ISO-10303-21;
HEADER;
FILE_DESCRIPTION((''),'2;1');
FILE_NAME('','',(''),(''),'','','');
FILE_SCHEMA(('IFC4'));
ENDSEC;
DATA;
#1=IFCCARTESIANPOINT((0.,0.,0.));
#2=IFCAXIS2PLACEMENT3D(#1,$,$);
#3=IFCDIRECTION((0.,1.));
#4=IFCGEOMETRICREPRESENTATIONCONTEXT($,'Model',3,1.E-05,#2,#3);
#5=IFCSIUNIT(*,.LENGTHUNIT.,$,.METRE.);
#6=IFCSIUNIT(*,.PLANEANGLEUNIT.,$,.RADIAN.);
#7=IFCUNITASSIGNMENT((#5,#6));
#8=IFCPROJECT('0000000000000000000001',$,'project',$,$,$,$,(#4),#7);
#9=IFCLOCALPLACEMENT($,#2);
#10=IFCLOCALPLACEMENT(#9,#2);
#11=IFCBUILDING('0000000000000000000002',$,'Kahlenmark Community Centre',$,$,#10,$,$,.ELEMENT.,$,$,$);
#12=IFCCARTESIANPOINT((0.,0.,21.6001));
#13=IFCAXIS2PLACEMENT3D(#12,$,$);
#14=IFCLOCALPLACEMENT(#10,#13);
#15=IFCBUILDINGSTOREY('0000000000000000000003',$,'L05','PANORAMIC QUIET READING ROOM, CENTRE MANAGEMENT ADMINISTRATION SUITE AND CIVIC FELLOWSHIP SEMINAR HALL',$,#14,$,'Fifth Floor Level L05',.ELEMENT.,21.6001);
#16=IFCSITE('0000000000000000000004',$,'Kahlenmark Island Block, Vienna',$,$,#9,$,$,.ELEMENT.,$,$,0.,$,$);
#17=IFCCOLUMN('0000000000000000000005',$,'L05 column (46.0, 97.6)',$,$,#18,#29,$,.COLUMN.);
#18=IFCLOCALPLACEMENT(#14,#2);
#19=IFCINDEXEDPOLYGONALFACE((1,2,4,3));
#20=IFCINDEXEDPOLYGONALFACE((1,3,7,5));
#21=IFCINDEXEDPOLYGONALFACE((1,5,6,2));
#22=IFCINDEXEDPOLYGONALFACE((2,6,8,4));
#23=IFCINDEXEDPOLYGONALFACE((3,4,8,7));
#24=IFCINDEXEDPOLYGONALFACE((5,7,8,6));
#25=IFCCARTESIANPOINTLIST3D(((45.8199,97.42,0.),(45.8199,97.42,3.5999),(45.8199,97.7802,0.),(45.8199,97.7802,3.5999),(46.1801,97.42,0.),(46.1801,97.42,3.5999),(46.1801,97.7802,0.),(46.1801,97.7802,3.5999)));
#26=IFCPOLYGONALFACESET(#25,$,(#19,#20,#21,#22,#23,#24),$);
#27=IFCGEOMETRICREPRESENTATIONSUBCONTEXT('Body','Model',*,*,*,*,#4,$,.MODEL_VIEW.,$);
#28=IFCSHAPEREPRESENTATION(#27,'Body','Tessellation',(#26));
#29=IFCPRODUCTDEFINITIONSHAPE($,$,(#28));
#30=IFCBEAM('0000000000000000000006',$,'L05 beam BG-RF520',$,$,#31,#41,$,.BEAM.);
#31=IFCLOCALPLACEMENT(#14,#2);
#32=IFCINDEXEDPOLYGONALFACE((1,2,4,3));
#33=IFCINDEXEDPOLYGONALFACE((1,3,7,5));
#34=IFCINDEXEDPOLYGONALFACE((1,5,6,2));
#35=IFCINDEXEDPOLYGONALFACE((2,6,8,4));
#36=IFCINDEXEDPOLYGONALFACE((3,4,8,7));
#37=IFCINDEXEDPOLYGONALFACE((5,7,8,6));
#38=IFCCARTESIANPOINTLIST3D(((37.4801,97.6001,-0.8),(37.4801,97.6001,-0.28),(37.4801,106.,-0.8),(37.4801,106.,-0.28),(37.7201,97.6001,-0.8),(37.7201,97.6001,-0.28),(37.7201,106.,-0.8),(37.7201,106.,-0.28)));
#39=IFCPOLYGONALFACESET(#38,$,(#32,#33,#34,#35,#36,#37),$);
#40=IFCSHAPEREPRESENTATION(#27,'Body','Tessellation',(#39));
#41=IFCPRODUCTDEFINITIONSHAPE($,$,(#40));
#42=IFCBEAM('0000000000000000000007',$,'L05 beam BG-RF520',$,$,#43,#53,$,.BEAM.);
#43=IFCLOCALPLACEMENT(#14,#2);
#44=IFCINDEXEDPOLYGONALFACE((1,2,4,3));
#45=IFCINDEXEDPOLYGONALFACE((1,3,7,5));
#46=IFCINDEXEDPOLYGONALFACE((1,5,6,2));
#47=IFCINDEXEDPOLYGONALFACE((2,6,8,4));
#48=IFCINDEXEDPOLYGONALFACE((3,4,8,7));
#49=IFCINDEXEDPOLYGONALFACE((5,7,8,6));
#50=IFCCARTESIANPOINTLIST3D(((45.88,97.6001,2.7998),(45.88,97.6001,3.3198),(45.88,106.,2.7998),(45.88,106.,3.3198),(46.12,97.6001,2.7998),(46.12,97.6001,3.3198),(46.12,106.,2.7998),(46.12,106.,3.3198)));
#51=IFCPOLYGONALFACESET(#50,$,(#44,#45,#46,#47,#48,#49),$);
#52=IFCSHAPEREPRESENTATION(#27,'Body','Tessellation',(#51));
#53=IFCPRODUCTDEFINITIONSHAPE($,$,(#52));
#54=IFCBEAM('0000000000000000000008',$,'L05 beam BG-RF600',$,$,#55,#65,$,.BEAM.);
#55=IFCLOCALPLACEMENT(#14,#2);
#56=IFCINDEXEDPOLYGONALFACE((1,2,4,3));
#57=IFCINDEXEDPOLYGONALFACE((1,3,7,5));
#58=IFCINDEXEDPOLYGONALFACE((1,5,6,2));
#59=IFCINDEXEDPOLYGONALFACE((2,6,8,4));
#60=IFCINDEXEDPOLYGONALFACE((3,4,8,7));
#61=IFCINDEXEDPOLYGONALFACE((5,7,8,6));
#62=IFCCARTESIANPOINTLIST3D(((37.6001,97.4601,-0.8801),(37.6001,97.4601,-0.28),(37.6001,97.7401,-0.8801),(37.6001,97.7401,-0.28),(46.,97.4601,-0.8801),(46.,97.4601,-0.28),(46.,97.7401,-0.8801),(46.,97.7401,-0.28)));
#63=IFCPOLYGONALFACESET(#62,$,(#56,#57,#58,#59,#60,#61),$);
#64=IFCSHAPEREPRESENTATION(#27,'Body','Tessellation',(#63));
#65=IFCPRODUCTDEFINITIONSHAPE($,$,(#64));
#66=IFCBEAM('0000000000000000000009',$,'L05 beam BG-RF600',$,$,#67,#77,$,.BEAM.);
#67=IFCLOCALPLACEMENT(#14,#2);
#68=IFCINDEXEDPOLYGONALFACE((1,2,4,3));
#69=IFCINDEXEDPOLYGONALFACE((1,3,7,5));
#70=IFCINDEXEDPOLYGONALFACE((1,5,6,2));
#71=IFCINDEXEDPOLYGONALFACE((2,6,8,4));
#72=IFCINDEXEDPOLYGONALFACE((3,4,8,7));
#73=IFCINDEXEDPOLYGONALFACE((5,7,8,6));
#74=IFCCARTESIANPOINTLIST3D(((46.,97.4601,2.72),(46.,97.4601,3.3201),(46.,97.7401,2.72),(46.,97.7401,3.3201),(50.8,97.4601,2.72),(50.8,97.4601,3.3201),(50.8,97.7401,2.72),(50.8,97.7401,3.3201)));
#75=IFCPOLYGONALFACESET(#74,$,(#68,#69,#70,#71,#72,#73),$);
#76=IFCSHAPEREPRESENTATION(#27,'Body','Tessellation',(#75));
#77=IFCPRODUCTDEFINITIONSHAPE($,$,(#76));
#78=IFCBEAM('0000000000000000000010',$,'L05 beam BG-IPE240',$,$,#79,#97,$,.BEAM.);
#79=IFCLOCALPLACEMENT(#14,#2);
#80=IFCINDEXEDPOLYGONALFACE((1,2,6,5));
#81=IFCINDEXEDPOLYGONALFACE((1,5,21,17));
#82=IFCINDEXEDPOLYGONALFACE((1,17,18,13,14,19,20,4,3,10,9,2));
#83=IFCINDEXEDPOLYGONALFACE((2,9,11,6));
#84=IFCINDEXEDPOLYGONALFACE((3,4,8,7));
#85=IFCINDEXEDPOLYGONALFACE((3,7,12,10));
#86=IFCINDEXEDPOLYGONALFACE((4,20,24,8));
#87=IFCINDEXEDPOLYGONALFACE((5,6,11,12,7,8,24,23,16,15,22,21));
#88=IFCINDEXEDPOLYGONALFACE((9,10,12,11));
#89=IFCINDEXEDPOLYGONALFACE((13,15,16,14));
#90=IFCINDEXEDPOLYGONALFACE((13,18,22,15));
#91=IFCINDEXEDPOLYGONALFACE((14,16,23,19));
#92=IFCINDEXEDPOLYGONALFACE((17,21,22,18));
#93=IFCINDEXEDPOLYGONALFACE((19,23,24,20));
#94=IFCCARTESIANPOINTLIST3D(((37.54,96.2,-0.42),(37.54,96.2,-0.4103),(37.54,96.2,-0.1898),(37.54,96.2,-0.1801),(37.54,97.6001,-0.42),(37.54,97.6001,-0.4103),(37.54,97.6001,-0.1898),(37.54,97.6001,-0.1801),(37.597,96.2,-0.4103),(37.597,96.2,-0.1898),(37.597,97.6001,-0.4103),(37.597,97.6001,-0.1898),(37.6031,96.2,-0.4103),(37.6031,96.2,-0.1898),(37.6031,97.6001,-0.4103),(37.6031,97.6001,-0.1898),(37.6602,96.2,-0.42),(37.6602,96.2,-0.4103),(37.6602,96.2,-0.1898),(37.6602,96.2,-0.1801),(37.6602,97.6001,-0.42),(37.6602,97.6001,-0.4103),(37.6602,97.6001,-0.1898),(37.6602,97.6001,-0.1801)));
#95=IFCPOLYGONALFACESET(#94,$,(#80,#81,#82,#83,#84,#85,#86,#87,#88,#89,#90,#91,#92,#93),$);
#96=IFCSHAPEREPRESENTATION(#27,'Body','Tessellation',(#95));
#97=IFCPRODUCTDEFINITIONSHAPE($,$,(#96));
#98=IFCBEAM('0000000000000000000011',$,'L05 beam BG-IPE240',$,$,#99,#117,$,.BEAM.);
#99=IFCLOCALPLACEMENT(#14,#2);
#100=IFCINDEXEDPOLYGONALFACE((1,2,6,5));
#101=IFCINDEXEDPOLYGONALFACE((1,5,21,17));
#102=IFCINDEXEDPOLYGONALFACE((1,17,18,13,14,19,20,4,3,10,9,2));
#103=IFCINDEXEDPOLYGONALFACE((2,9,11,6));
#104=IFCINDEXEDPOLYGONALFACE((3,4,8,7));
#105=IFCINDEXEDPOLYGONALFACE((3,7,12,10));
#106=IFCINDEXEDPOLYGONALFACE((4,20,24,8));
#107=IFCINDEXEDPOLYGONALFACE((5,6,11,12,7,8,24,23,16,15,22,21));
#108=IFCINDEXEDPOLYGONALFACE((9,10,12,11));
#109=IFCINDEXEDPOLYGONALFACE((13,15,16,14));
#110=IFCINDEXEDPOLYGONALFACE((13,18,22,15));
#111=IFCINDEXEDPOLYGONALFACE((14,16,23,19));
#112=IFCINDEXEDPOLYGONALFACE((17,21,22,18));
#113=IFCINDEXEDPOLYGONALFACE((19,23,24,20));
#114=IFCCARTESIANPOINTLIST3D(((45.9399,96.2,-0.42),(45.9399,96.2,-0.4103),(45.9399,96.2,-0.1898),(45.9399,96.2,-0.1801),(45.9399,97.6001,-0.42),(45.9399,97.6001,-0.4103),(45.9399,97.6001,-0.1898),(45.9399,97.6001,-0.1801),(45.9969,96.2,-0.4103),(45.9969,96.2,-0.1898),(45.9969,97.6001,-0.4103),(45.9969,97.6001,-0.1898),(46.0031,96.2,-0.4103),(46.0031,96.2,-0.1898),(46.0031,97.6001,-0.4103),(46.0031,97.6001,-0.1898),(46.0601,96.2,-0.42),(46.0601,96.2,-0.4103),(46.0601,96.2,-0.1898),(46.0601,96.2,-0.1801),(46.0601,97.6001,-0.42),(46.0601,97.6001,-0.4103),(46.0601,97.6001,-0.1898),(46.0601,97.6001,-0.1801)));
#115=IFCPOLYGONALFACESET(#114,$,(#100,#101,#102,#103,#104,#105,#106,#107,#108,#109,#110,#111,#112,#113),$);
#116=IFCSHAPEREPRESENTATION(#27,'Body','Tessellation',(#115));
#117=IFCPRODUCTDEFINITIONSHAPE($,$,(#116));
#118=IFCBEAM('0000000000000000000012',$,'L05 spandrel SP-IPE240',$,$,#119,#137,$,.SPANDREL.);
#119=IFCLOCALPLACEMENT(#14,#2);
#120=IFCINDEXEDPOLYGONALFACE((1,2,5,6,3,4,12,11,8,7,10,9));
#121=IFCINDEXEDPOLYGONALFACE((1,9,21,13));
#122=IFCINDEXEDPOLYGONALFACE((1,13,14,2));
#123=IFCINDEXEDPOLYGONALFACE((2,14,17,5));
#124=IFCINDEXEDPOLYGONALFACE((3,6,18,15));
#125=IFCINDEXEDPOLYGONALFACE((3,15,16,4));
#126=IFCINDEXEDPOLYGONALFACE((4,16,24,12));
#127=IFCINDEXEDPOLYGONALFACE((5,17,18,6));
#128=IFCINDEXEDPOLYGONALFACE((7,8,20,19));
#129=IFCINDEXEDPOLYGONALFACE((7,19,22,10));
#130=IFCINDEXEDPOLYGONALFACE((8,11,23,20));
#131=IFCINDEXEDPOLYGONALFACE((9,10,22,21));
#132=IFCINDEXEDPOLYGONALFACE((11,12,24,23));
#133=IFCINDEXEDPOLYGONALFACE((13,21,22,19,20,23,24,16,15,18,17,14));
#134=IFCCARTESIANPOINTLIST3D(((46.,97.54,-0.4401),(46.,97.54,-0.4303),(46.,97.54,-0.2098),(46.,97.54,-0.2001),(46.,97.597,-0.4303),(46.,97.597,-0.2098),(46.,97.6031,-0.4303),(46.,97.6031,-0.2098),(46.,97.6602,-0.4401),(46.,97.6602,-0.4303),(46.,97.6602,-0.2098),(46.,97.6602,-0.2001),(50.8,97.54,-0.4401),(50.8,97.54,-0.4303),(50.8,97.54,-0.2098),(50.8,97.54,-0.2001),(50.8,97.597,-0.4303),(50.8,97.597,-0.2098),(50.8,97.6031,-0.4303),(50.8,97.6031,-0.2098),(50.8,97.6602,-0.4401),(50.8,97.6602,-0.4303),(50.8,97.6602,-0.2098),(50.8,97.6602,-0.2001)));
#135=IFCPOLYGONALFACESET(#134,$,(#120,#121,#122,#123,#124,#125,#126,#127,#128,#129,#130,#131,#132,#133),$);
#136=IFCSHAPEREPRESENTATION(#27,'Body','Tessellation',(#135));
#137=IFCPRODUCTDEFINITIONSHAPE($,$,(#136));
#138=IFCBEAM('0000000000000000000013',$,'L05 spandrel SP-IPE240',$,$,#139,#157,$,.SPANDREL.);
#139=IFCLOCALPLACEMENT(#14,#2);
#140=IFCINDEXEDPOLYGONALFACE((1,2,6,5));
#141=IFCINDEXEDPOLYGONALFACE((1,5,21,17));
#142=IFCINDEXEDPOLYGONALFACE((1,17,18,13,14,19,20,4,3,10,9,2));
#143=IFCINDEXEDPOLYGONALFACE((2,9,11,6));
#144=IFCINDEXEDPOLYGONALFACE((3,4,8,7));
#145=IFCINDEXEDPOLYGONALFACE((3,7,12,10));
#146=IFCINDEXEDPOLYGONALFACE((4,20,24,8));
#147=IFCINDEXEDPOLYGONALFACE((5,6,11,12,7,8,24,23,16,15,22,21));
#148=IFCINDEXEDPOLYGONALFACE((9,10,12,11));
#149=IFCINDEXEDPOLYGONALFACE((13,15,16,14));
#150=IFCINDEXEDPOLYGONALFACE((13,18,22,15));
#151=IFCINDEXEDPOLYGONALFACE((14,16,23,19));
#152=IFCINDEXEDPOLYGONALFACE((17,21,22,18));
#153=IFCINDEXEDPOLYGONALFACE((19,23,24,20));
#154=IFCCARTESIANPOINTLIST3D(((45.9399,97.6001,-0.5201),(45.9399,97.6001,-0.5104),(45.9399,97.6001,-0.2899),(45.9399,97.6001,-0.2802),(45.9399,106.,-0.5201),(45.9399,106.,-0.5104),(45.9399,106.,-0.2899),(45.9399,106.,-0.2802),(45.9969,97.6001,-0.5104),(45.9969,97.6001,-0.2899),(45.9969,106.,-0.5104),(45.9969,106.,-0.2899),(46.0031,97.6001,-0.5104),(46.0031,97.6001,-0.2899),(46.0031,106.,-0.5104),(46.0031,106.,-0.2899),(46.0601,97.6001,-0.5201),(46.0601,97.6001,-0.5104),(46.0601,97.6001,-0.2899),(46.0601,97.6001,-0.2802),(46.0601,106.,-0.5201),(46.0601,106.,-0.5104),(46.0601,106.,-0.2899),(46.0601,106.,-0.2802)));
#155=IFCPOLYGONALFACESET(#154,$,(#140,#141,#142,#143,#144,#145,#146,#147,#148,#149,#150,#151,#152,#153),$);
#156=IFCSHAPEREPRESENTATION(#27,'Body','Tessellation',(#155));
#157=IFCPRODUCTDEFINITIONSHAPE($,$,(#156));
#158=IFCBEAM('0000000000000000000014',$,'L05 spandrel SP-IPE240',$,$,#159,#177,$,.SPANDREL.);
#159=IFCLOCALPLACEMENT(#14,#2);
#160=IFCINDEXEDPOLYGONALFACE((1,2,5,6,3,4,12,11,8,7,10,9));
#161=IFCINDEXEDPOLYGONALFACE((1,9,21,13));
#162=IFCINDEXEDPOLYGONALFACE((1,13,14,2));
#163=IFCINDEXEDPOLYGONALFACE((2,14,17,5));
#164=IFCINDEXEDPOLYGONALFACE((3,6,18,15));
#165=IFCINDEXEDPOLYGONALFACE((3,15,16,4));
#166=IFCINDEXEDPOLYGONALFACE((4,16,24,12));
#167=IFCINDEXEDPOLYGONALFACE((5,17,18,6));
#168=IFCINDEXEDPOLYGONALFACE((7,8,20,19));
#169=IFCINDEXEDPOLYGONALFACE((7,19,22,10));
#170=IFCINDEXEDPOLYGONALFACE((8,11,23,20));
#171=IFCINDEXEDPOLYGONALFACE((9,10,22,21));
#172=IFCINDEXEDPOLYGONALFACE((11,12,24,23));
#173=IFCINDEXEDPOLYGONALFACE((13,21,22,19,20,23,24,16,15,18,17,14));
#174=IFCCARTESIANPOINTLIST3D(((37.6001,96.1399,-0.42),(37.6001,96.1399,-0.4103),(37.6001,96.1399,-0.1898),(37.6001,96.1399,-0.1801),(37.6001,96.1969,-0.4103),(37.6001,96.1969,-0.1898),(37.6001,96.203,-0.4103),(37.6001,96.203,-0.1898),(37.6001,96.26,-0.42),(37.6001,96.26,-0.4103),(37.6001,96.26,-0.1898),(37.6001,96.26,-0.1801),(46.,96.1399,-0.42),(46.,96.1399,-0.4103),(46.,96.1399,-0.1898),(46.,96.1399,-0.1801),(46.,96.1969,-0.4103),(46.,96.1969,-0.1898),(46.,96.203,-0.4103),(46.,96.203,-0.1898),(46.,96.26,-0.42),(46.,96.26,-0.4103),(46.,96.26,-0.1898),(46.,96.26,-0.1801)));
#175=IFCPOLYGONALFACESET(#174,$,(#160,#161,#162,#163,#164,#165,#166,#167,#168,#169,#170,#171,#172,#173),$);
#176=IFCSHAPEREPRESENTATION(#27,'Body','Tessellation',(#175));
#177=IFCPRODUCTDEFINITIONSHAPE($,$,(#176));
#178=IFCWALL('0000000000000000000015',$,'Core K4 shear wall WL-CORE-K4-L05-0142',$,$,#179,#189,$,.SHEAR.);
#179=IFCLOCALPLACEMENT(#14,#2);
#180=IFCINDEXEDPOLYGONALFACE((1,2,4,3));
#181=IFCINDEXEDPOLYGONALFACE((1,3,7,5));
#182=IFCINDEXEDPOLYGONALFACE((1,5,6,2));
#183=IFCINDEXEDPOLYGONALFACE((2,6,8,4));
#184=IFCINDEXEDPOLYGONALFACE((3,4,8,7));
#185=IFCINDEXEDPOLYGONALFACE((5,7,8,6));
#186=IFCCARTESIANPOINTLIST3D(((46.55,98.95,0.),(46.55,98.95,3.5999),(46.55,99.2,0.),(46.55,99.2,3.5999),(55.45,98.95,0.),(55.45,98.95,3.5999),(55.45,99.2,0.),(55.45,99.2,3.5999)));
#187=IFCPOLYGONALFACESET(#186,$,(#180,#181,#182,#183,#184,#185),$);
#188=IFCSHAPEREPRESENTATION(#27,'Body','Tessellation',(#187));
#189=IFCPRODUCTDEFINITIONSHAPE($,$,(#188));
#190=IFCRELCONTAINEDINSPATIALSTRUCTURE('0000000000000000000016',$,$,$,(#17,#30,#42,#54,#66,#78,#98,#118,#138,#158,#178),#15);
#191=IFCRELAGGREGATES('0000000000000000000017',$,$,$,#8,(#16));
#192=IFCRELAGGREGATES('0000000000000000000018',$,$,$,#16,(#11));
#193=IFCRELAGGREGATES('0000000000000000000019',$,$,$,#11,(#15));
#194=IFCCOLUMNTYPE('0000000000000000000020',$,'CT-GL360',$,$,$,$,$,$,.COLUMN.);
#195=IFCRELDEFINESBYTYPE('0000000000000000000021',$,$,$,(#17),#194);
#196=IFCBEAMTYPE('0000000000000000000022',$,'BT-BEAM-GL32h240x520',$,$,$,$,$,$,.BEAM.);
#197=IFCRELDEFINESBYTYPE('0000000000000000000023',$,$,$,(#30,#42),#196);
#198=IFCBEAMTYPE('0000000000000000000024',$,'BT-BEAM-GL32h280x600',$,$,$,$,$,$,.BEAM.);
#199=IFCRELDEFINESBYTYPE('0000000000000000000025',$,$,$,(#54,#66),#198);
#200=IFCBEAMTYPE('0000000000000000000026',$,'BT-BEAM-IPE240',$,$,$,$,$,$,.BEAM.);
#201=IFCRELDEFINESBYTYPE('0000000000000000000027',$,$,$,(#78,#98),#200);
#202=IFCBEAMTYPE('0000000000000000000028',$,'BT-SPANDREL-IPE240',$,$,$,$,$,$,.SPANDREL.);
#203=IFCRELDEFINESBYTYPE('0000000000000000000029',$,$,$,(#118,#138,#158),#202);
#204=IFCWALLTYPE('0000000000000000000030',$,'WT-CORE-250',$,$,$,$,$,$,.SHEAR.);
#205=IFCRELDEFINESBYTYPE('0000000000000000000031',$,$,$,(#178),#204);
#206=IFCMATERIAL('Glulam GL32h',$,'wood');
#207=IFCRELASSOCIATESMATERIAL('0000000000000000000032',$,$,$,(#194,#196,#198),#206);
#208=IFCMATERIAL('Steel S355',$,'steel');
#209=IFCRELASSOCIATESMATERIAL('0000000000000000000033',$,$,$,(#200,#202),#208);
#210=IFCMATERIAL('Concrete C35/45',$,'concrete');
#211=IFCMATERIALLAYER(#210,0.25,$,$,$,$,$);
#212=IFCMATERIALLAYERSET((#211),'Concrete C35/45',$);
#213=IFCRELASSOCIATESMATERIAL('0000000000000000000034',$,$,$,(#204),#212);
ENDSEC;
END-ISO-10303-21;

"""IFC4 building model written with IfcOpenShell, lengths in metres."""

from ifc_helpers import new_model, si_unit, direction, frame, frame_2d, origin, origin_2d, place, context, subcontext, project, spatial, rectangle, i_section, extrude, material, layer, layer_set, material_profile, profile_set, type_object, element, save


model = new_model("IFC4")

# Units and contexts
model_context = context("Model", 3, precision=1e-05, world=origin(), true_north=direction((0.0, 1.0)))
body_context = subcontext(model_context, "Body", "Model", "MODEL_VIEW")
ifc_project = project(units=[si_unit("LENGTHUNIT", "METRE"), si_unit("PLANEANGLEUNIT", "RADIAN")], contexts=[model_context])

# Site, building, storey
site_placement = place(None, origin())
site = spatial("IfcSite", under=ifc_project, at=site_placement, Name="Kahlenmark Island Block, Vienna", CompositionType="ELEMENT", RefElevation=0.0)
building_placement = place(site_placement, origin())
building = spatial("IfcBuilding", under=site, at=building_placement, Name="Kahlenmark Community Centre", CompositionType="ELEMENT")
storey_placement = place(building_placement, frame((0.0, 0.0, 21.6001)))
storey = spatial("IfcBuildingStorey", under=building, at=storey_placement, Name="L05", Description="PANORAMIC QUIET READING ROOM, CENTRE MANAGEMENT ADMINISTRATION SUITE AND CIVIC FELLOWSHIP SEMINAR HALL", LongName="Fifth Floor Level L05", CompositionType="ELEMENT", Elevation=21.6001)

# Column
ifc_material_1 = material(Name="Glulam GL32h", Category="wood")
ifc_material_profile_1 = material_profile(ifc_material_1, rectangle(XDim=0.3601, YDim=0.3601, at=origin_2d()), Name="GL32h 360x360")
ifc_profile_set_1 = profile_set([ifc_material_profile_1], Name="Glulam GL32h")
column_type = type_object("IfcColumnType", Name="CT-GL360", PredefinedType="COLUMN", material=ifc_profile_set_1)
column_placement = place(storey_placement, frame((46.0, 97.6001, 0.0), z_axis=(0.0, 0.0, 1.0), x_axis=(1.0, 0.0, 0.0)))
element("IfcColumn", 1, at=column_placement, inside=storey, type_object=column_type, Name="L05 column (46.0, 97.6)", PredefinedType="COLUMN", context=body_context, shape_type="SweptSolid", body=[
    extrude(rectangle(XDim=0.3601, YDim=0.3601, at=origin_2d()), origin(), (0.0, 0.0, 1.0), 3.5999),
])

# Beams
ifc_material_profile_2 = material_profile(ifc_material_1, rectangle(XDim=0.24, YDim=0.52, at=origin_2d()), Name="GL32h 240x520")
ifc_profile_set_2 = profile_set([ifc_material_profile_2], Name="Glulam GL32h")
beam_type_1 = type_object("IfcBeamType", Name="BT-BEAM-GL32h240x520", PredefinedType="BEAM", material=ifc_profile_set_2)
for number, where, z_axis, x_axis, name in (
    (2, (37.6001, 97.6001, -0.54), (0.0, 1.0, 0.0), (-1.0, 0.0, 0.0), "L05 beam BG-RF520"),
    (3, (46.0, 97.6001, 3.0598), (0.0, 1.0, 0.0), (-1.0, 0.0, 0.0), "L05 beam BG-RF520"),
):
    element("IfcBeam", number, at=place(storey_placement, frame(where, z_axis=z_axis, x_axis=x_axis)), inside=storey, type_object=beam_type_1, Name=name, PredefinedType="BEAM", context=body_context, shape_type="SweptSolid", body=[
        extrude(rectangle(XDim=0.24, YDim=0.52, at=origin_2d()), origin(), (0.0, 0.0, 1.0), 8.3999),
    ])
ifc_material_profile_3 = material_profile(ifc_material_1, rectangle(XDim=0.28, YDim=0.6001, at=origin_2d()), Name="GL32h 280x600")
ifc_profile_set_3 = profile_set([ifc_material_profile_3], Name="Glulam GL32h")
beam_type_2 = type_object("IfcBeamType", Name="BT-BEAM-GL32h280x600", PredefinedType="BEAM", material=ifc_profile_set_3)
beam_1_placement = place(storey_placement, frame((37.6001, 97.6001, -0.5801), z_axis=(1.0, 0.0, 0.0), x_axis=(0.0, 1.0, 0.0)))
element("IfcBeam", 4, at=beam_1_placement, inside=storey, type_object=beam_type_2, Name="L05 beam BG-RF600", PredefinedType="BEAM", context=body_context, shape_type="SweptSolid", body=[
    extrude(rectangle(XDim=0.28, YDim=0.6001, at=origin_2d()), origin(), (0.0, 0.0, 1.0), 8.3999),
])
beam_2_placement = place(storey_placement, frame((46.0, 97.6001, 3.02), z_axis=(1.0, 0.0, 0.0), x_axis=(0.0, 1.0, 0.0)))
element("IfcBeam", 5, at=beam_2_placement, inside=storey, type_object=beam_type_2, Name="L05 beam BG-RF600", PredefinedType="BEAM", context=body_context, shape_type="SweptSolid", body=[
    extrude(rectangle(XDim=0.28, YDim=0.6001, at=origin_2d()), origin(), (0.0, 0.0, 1.0), 4.8),
])
ifc_material_2 = material(Name="Steel S355", Category="steel")
ifc_material_profile_4 = material_profile(ifc_material_2, i_section(OverallWidth=0.1201, OverallDepth=0.24, WebThickness=0.0061, FlangeThickness=0.0098, at=origin_2d()), Name="IPE 240")
ifc_profile_set_4 = profile_set([ifc_material_profile_4], Name="Steel S355")
beam_type_3 = type_object("IfcBeamType", Name="BT-BEAM-IPE240", PredefinedType="BEAM", material=ifc_profile_set_4)
for number, where, z_axis, x_axis, name in (
    (6, (37.6001, 96.2, -0.3), (0.0, 1.0, 0.0), (-1.0, 0.0, 0.0), "L05 beam BG-IPE240"),
    (7, (46.0, 96.2, -0.3), (0.0, 1.0, 0.0), (-1.0, 0.0, 0.0), "L05 beam BG-IPE240"),
):
    element("IfcBeam", number, at=place(storey_placement, frame(where, z_axis=z_axis, x_axis=x_axis)), inside=storey, type_object=beam_type_3, Name=name, PredefinedType="BEAM", context=body_context, shape_type="SweptSolid", body=[
        extrude(i_section(OverallWidth=0.1201, OverallDepth=0.24, WebThickness=0.0061, FlangeThickness=0.0098, at=origin_2d()), origin(), (0.0, 0.0, 1.0), 1.4001),
    ])
ifc_material_profile_5 = material_profile(ifc_material_2, i_section(OverallWidth=0.1201, OverallDepth=0.24, WebThickness=0.0061, FlangeThickness=0.0098, at=origin_2d()), Name="IPE 240")
ifc_profile_set_5 = profile_set([ifc_material_profile_5], Name="Steel S355")
beam_type_4 = type_object("IfcBeamType", Name="BT-SPANDREL-IPE240", PredefinedType="SPANDREL", material=ifc_profile_set_5)
beam_3_placement = place(storey_placement, frame((46.0, 97.6001, -0.3201), z_axis=(1.0, 0.0, 0.0), x_axis=(0.0, 1.0, 0.0)))
element("IfcBeam", 8, at=beam_3_placement, inside=storey, type_object=beam_type_4, Name="L05 spandrel SP-IPE240", PredefinedType="SPANDREL", context=body_context, shape_type="SweptSolid", body=[
    extrude(i_section(OverallWidth=0.1201, OverallDepth=0.24, WebThickness=0.0061, FlangeThickness=0.0098, at=origin_2d()), origin(), (0.0, 0.0, 1.0), 4.8),
])
for number, where, z_axis, x_axis, name in (
    (9, (46.0, 97.6001, -0.4001), (0.0, 1.0, 0.0), (-1.0, 0.0, 0.0), "L05 spandrel SP-IPE240"),
    (10, (37.6001, 96.2, -0.3), (1.0, 0.0, 0.0), (0.0, 1.0, 0.0), "L05 spandrel SP-IPE240"),
):
    element("IfcBeam", number, at=place(storey_placement, frame(where, z_axis=z_axis, x_axis=x_axis)), inside=storey, type_object=beam_type_4, Name=name, PredefinedType="SPANDREL", context=body_context, shape_type="SweptSolid", body=[
        extrude(i_section(OverallWidth=0.1201, OverallDepth=0.24, WebThickness=0.0061, FlangeThickness=0.0098, at=origin_2d()), origin(), (0.0, 0.0, 1.0), 8.3999),
    ])

# Shared definitions
ifc_material_3 = material(Name="Concrete C35/45", Category="concrete")
ifc_layer_1 = layer(ifc_material_3, 0.25)
ifc_layer_set_1 = layer_set([ifc_layer_1], Name="Concrete C35/45")
wall_type_1 = type_object("IfcWallType", Name="WT-CORE-250", PredefinedType="SHEAR", material=ifc_layer_set_1)

# Wall
wall_1_placement = place(storey_placement, frame((46.55, 99.075, 0.0), z_axis=(0.0, 0.0, 1.0), x_axis=(1.0, 0.0, 0.0)))
element("IfcWall", 11, at=wall_1_placement, inside=storey, type_object=wall_type_1, Name="Core K4 shear wall WL-CORE-K4-L05-0142", PredefinedType="SHEAR", context=body_context, shape_type="SweptSolid", body=[
    extrude(rectangle(XDim=8.8999, YDim=0.25, at=frame_2d((4.45, 0.0))), origin(), (0.0, 0.0, 1.0), 3.5999),
])

save(model, "model.ifc")
